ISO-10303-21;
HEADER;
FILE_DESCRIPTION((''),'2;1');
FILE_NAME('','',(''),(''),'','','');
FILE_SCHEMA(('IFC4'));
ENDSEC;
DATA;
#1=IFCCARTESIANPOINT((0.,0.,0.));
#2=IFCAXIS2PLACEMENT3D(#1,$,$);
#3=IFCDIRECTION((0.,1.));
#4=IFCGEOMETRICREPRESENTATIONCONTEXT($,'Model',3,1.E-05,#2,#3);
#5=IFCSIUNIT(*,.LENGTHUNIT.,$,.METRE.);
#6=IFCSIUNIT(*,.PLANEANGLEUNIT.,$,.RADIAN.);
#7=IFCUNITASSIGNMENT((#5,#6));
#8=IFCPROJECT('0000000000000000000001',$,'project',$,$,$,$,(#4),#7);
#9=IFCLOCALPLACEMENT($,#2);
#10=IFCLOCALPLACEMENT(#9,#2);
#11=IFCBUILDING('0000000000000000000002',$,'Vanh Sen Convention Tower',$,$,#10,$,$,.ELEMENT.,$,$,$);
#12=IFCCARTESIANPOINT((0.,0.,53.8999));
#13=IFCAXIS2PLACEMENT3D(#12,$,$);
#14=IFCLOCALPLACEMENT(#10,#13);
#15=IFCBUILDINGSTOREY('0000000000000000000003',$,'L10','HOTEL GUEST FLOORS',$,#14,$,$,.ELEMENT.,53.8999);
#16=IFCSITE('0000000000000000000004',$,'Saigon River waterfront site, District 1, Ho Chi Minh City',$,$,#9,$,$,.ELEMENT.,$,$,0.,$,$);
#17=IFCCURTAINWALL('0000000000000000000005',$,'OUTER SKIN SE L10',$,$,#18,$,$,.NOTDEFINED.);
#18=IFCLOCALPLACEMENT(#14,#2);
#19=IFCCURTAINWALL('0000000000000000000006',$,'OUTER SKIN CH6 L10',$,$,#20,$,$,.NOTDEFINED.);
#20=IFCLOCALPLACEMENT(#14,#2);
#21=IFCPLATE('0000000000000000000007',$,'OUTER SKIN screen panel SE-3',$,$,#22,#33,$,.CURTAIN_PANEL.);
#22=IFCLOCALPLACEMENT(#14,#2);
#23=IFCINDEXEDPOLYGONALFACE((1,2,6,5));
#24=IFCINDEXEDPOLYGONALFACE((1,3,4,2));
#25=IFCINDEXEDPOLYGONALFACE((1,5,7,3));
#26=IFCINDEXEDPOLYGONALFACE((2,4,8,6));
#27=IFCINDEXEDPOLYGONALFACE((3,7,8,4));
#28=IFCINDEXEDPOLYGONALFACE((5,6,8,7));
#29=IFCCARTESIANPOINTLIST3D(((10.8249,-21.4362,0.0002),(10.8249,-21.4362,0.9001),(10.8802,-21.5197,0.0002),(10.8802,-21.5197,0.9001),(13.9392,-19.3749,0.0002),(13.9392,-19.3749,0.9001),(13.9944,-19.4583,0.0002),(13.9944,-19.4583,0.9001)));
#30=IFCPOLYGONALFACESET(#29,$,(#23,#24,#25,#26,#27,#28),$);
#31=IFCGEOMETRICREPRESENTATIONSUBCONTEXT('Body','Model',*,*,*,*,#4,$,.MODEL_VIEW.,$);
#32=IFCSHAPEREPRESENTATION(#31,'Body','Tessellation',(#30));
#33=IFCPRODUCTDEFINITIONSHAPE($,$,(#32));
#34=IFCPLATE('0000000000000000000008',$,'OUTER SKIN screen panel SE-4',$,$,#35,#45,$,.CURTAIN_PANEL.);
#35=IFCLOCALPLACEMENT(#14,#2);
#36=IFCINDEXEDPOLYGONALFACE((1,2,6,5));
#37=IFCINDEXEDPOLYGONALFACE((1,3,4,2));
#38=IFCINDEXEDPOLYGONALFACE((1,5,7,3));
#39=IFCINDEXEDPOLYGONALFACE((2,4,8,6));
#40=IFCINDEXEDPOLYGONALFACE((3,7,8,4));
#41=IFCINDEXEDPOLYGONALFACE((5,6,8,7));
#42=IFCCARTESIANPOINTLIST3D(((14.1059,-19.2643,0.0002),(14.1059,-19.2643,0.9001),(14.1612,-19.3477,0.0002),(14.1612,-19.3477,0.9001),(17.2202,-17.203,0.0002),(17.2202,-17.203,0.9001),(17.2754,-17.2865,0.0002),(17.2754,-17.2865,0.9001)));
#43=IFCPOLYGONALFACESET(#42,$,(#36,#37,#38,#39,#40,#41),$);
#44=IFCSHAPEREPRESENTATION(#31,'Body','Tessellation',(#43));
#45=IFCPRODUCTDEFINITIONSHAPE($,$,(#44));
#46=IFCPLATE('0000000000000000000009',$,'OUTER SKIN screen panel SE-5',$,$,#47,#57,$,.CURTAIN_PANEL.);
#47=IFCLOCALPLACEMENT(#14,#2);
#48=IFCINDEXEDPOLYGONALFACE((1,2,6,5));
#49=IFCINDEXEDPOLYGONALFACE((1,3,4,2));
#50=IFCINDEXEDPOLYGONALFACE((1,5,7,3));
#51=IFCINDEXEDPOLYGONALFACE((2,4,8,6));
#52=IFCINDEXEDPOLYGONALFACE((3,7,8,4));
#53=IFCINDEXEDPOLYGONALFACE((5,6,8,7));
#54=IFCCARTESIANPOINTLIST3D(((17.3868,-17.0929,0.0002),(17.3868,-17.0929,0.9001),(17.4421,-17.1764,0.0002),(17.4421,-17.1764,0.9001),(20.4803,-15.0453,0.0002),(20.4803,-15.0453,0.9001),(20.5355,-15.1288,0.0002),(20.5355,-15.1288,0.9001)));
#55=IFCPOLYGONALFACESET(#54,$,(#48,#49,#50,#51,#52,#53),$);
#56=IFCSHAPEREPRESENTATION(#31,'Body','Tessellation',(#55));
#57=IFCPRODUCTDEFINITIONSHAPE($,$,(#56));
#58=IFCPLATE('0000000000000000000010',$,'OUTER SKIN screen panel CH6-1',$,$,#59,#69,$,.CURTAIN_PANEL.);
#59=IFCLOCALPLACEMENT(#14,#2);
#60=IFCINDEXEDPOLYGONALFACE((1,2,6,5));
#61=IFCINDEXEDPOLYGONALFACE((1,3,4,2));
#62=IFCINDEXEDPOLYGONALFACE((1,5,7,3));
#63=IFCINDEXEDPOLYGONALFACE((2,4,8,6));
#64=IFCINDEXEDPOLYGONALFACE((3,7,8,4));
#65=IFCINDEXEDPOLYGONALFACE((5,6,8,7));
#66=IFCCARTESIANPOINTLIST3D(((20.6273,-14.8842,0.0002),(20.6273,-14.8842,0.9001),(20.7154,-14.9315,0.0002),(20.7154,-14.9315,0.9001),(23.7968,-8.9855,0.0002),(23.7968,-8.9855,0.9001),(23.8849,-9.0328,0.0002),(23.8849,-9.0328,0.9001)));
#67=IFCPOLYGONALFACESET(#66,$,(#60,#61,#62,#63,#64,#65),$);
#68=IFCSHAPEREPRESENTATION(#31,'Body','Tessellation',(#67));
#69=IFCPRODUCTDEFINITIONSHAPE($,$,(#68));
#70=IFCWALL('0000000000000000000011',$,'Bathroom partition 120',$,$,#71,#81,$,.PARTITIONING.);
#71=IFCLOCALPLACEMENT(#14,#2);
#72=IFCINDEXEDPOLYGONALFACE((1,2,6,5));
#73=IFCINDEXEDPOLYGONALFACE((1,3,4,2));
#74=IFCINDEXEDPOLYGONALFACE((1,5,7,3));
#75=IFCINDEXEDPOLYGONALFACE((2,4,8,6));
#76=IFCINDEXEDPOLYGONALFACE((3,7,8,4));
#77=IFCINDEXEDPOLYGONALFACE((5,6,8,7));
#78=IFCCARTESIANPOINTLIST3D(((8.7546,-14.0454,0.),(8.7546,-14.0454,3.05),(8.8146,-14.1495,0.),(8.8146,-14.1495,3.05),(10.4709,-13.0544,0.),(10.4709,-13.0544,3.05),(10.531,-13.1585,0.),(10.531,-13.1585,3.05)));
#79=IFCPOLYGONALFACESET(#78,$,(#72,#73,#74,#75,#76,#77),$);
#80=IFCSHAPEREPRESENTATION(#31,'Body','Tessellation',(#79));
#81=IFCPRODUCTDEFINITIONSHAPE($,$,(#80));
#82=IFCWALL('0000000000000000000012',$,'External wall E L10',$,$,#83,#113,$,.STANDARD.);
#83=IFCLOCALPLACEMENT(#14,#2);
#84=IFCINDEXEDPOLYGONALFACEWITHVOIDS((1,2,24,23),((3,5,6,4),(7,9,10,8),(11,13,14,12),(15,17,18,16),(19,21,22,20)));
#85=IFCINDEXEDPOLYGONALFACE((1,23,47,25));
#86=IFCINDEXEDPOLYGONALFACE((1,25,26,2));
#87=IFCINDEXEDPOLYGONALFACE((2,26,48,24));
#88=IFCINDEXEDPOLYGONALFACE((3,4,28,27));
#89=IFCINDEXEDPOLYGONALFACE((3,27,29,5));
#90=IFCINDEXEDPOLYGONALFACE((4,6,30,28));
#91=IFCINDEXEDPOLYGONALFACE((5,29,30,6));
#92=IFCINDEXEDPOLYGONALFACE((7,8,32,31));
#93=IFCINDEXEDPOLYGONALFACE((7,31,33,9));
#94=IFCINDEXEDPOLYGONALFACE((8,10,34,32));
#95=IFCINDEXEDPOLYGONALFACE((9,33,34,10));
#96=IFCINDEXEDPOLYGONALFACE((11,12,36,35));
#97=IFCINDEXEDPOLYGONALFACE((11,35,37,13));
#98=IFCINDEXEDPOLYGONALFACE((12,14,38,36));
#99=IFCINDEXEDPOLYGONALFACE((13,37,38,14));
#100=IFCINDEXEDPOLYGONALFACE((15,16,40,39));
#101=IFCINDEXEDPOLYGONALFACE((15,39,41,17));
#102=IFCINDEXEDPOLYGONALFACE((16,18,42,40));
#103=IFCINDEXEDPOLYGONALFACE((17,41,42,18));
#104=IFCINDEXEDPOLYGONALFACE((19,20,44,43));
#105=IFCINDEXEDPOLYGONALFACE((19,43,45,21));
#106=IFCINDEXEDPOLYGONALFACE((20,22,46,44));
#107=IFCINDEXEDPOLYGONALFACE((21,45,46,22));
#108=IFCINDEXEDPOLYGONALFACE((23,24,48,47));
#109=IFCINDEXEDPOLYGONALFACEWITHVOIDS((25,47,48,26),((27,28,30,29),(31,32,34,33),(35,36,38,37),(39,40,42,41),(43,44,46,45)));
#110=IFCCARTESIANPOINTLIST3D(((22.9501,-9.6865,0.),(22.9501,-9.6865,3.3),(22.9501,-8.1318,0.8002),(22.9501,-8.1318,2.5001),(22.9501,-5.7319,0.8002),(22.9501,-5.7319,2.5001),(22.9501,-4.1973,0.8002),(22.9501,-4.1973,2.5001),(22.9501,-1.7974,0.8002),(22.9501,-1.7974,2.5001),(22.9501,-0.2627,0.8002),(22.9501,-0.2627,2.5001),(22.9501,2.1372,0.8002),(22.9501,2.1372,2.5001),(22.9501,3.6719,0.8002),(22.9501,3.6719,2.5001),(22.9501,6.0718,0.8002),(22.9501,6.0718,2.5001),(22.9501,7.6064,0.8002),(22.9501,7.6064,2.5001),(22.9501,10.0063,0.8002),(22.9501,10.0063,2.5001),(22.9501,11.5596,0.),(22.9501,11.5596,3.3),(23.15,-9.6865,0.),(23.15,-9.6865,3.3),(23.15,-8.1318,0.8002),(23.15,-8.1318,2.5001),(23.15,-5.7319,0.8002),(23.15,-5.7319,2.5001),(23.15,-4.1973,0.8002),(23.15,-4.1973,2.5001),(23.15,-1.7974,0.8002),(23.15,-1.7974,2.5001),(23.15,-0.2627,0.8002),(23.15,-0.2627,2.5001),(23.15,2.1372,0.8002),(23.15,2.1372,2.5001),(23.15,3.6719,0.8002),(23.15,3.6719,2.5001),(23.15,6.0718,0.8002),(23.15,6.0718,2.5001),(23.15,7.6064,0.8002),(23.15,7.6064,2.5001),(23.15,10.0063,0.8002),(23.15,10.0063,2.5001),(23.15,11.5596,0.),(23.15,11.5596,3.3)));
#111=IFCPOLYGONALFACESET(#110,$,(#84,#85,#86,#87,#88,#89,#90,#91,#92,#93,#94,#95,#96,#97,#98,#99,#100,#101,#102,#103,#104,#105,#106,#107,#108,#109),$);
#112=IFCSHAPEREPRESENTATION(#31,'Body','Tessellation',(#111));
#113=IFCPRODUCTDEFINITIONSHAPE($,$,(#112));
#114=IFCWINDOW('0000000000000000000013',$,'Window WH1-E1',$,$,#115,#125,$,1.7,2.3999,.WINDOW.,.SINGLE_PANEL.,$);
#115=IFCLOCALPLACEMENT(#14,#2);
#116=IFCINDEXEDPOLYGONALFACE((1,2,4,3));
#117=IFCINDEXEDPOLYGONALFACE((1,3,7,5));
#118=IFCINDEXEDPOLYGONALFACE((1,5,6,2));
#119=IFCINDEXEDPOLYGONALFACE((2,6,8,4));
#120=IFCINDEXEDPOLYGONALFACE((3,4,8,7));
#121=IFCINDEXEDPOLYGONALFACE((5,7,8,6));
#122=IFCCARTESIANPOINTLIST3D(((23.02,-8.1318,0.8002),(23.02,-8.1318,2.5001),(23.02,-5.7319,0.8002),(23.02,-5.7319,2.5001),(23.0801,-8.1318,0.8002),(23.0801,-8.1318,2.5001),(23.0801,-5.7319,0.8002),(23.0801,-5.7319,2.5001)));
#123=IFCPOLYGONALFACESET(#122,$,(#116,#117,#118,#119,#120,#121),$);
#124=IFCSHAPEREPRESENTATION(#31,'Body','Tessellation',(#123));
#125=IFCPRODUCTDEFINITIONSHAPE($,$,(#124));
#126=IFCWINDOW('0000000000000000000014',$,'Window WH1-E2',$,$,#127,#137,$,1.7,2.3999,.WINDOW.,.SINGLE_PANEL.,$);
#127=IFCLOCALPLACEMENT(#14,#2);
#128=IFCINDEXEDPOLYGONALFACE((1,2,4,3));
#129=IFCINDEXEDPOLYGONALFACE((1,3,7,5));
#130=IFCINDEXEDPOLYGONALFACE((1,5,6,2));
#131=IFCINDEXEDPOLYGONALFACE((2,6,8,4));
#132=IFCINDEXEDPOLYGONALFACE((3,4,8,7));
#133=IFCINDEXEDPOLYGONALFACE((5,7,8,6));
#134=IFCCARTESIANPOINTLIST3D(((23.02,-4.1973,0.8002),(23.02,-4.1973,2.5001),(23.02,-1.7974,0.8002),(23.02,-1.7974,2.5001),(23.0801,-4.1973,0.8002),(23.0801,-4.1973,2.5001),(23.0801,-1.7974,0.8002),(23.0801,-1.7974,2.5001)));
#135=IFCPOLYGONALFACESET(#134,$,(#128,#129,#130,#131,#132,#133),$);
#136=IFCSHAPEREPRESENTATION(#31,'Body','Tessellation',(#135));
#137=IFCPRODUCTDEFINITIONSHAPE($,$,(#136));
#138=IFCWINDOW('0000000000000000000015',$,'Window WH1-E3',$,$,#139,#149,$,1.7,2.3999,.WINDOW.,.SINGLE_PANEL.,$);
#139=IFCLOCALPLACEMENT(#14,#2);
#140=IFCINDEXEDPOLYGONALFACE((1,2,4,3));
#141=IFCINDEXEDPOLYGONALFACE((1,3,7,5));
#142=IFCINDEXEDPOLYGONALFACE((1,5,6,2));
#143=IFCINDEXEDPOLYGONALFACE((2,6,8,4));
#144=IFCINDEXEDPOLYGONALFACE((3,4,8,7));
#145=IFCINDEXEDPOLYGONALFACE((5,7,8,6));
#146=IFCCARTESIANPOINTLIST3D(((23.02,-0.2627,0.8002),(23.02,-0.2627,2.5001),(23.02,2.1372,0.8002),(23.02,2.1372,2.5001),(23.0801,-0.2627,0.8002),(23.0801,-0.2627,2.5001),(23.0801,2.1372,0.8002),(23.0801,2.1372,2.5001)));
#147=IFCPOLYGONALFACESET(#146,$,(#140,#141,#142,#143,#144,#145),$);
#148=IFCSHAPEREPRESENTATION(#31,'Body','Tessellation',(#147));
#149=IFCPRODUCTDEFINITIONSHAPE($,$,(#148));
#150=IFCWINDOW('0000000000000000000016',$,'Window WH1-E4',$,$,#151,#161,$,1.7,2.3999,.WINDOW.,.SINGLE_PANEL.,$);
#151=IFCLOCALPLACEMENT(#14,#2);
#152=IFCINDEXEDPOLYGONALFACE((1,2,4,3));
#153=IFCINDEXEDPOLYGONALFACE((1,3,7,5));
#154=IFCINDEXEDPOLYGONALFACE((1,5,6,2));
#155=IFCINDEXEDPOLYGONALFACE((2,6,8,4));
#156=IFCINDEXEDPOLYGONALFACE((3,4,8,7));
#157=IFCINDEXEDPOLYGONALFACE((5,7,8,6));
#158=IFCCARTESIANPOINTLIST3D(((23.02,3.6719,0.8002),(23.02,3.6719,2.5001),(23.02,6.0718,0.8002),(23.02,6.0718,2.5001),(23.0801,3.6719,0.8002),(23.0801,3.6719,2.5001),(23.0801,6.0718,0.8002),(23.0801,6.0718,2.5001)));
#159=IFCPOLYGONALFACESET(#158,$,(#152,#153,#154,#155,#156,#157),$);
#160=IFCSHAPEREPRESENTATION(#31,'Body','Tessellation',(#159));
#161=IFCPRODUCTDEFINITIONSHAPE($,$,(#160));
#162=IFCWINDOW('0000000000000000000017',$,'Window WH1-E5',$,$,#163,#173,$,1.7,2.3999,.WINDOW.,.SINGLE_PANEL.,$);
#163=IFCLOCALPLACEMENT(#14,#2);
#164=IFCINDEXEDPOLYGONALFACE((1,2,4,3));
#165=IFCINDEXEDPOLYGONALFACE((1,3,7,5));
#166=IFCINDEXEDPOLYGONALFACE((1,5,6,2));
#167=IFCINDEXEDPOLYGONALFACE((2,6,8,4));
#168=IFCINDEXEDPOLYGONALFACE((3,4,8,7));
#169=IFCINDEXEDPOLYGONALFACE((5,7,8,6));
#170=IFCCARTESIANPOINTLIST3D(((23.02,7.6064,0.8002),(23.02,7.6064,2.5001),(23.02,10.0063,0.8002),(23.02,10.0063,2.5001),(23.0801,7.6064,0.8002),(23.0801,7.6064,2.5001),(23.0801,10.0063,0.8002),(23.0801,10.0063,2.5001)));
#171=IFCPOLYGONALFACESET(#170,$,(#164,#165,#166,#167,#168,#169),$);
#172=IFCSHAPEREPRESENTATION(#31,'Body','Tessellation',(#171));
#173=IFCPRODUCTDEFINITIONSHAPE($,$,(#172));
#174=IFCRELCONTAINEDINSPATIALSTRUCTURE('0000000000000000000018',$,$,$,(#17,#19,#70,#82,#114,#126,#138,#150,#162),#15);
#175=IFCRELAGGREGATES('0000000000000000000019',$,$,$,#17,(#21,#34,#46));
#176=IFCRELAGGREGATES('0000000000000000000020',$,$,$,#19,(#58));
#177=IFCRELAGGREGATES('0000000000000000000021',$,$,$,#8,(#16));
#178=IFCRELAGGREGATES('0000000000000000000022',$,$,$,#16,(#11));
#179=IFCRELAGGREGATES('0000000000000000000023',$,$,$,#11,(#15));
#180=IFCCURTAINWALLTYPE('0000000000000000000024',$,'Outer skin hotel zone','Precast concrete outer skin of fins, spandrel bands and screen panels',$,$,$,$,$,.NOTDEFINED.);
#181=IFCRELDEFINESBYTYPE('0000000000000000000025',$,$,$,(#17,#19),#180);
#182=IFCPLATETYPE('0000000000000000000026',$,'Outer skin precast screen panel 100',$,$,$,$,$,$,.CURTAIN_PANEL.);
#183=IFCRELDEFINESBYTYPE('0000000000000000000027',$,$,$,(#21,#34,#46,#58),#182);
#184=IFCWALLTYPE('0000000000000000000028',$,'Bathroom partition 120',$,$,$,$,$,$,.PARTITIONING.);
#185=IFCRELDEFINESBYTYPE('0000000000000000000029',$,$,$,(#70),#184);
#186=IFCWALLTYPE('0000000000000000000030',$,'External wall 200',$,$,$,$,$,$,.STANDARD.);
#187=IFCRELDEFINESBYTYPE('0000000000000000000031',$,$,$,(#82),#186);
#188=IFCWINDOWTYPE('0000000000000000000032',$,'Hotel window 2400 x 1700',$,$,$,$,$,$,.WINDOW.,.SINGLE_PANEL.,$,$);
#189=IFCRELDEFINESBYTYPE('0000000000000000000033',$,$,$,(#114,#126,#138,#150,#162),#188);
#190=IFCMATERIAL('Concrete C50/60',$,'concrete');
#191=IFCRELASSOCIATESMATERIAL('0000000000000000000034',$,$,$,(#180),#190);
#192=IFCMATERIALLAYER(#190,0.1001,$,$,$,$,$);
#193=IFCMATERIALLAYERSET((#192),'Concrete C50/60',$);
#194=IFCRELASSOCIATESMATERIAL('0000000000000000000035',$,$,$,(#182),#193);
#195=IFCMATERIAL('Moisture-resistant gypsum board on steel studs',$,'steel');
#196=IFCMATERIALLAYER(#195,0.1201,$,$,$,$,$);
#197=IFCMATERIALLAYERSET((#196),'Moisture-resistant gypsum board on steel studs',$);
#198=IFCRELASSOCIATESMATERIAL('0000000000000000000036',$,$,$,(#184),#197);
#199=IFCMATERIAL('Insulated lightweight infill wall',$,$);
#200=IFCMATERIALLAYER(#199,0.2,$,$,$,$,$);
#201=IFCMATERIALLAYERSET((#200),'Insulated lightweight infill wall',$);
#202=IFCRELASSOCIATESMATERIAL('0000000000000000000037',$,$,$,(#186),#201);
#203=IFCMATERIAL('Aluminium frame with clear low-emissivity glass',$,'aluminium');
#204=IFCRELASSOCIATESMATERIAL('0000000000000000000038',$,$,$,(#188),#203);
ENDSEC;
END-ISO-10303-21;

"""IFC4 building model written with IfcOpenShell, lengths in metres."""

from ifc_helpers import new_model, si_unit, direction, frame, frame_2d, origin, origin_2d, place, context, subcontext, project, spatial, rectangle, extrude, material, layer, layer_set, type_object, element, fill, aggregate, save


model = new_model("IFC4")

# Units and contexts
model_context = context("Model", 3, precision=1e-05, world=origin(), true_north=direction((0.0, 1.0)))
body_context = subcontext(model_context, "Body", "Model", "MODEL_VIEW")
ifc_project = project(units=[si_unit("LENGTHUNIT", "METRE"), si_unit("PLANEANGLEUNIT", "RADIAN")], contexts=[model_context])

# Site, building, storey
site_placement = place(None, origin())
site = spatial("IfcSite", under=ifc_project, at=site_placement, Name="Saigon River waterfront site, District 1, Ho Chi Minh City", CompositionType="ELEMENT", RefElevation=0.0)
building_placement = place(site_placement, origin())
building = spatial("IfcBuilding", under=site, at=building_placement, Name="Vanh Sen Convention Tower", CompositionType="ELEMENT")
storey_placement = place(building_placement, frame((0.0, 0.0, 53.8999)))
storey = spatial("IfcBuildingStorey", under=building, at=storey_placement, Name="L10", Description="HOTEL GUEST FLOORS", CompositionType="ELEMENT", Elevation=53.8999)

# Curtain wall
ifc_material_1 = material(Name="Concrete C50/60", Category="concrete")
curtain_wall_type = type_object("IfcCurtainWallType", Name="Outer skin hotel zone", Description="Precast concrete outer skin of fins, spandrel bands and screen panels", PredefinedType="NOTDEFINED", material=ifc_material_1)
curtain_wall_1_placement = place(storey_placement, origin())
curtain_wall_1 = element("IfcCurtainWall", 1, at=curtain_wall_1_placement, inside=storey, type_object=curtain_wall_type, Name="OUTER SKIN SE L10", PredefinedType="NOTDEFINED")

# Curtain wall
curtain_wall_2_placement = place(storey_placement, origin())
curtain_wall_2 = element("IfcCurtainWall", 2, at=curtain_wall_2_placement, inside=storey, type_object=curtain_wall_type, Name="OUTER SKIN CH6 L10", PredefinedType="NOTDEFINED")

# Plates
ifc_layer_1 = layer(ifc_material_1, 0.1001)
ifc_layer_set_1 = layer_set([ifc_layer_1], Name="Concrete C50/60")
plate_type = type_object("IfcPlateType", Name="Outer skin precast screen panel 100", PredefinedType="CURTAIN_PANEL", material=ifc_layer_set_1)
plate_1_placement = place(storey_placement, frame((12.4097, -20.4473, 0.0002), z_axis=(0.0, 0.0, 1.0), x_axis=(0.83388, 0.551946, 0.0)))
plate_1 = element("IfcPlate", 3, at=plate_1_placement, type_object=plate_type, Name="OUTER SKIN screen panel SE-3", PredefinedType="CURTAIN_PANEL", context=body_context, shape_type="SweptSolid", body=[
    extrude(rectangle(XDim=3.7346, YDim=0.1001, at=origin_2d()), origin(), (0.0, 0.0, 1.0), 0.8999),
])
plate_2_placement = place(storey_placement, frame((15.6907, -18.2754, 0.0002), z_axis=(0.0, 0.0, 1.0), x_axis=(0.833892, 0.551928, 0.0)))
plate_2 = element("IfcPlate", 4, at=plate_2_placement, type_object=plate_type, Name="OUTER SKIN screen panel SE-4", PredefinedType="CURTAIN_PANEL", context=body_context, shape_type="SweptSolid", body=[
    extrude(rectangle(XDim=3.7346, YDim=0.1001, at=origin_2d()), origin(), (0.0, 0.0, 1.0), 0.8999),
])
plate_3_placement = place(storey_placement, frame((18.9612, -16.1108, 0.0002), z_axis=(0.0, 0.0, 1.0), x_axis=(0.83388, 0.551946, 0.0)))
plate_3 = element("IfcPlate", 5, at=plate_3_placement, type_object=plate_type, Name="OUTER SKIN screen panel SE-5", PredefinedType="CURTAIN_PANEL", context=body_context, shape_type="SweptSolid", body=[
    extrude(rectangle(XDim=3.7097, YDim=0.1001, at=origin_2d()), origin(), (0.0, 0.0, 1.0), 0.8999),
])
aggregate(curtain_wall_1, [plate_1, plate_2, plate_3])
plate_4_placement = place(storey_placement, frame((22.2561, -11.9585, 0.0002), z_axis=(0.0, 0.0, 1.0), x_axis=(0.473323, 0.880889, 0.0)))
plate_4 = element("IfcPlate", 6, at=plate_4_placement, type_object=plate_type, Name="OUTER SKIN screen panel CH6-1", PredefinedType="CURTAIN_PANEL", context=body_context, shape_type="SweptSolid", body=[
    extrude(rectangle(XDim=6.6963, YDim=0.1001, at=origin_2d()), origin(), (0.0, 0.0, 1.0), 0.8999),
])
aggregate(curtain_wall_2, [plate_4])

# Wall
ifc_material_2 = material(Name="Moisture-resistant gypsum board on steel studs", Category="steel")
ifc_layer_2 = layer(ifc_material_2, 0.1201)
ifc_layer_set_2 = layer_set([ifc_layer_2], Name="Moisture-resistant gypsum board on steel studs")
wall_type_1 = type_object("IfcWallType", Name="Bathroom partition 120", PredefinedType="PARTITIONING", material=ifc_layer_set_2)
wall_1_placement = place(storey_placement, frame((10.501, -13.1064, 0.0), z_axis=(0.0, 0.0, 1.0), x_axis=(-0.866013, -0.500021, 0.0)))
element("IfcWall", 7, at=wall_1_placement, inside=storey, type_object=wall_type_1, Name="Bathroom partition 120", PredefinedType="PARTITIONING", context=body_context, shape_type="SweptSolid", body=[
    extrude(rectangle(XDim=1.9819, YDim=0.1201, at=frame_2d((0.991, 0.0))), origin(), (0.0, 0.0, 1.0), 3.05),
])

# Wall, openings, windows
ifc_material_3 = material(Name="Insulated lightweight infill wall")
ifc_layer_3 = layer(ifc_material_3, 0.2)
ifc_layer_set_3 = layer_set([ifc_layer_3], Name="Insulated lightweight infill wall")
wall_type_2 = type_object("IfcWallType", Name="External wall 200", PredefinedType="STANDARD", material=ifc_layer_set_3)
wall_2_placement = place(storey_placement, frame((23.05, -9.6865, 0.0), z_axis=(0.0, 0.0, 1.0), x_axis=(0.0, 1.0, 0.0)))
wall_2 = element("IfcWall", 8, at=wall_2_placement, inside=storey, type_object=wall_type_2, Name="External wall E L10", PredefinedType="STANDARD", context=body_context, shape_type="SweptSolid", body=[
    extrude(rectangle(XDim=21.2461, YDim=0.2, at=frame_2d((10.623, 0.0))), origin(), (0.0, 0.0, 1.0), 3.3),
])
opening_1_placement = place(wall_2_placement, frame((1.5547, 0.0, 0.8)))
opening_1 = element("IfcOpeningElement", 9, at=opening_1_placement, cuts=wall_2, PredefinedType="OPENING", context=body_context, shape_type="SweptSolid", body=[
    extrude(rectangle(XDim=2.3999, YDim=1.7, at=frame_2d((1.2, 0.8501))), frame((0.0, 0.1099, 0.0), z_axis=(0.0, -1.0, 0.0), x_axis=(1.0, 0.0, 0.0)), (0.0, 0.0, 1.0), 0.22),
])
opening_2_placement = place(wall_2_placement, frame((5.4893, 0.0, 0.8)))
opening_2 = element("IfcOpeningElement", 10, at=opening_2_placement, cuts=wall_2, PredefinedType="OPENING", context=body_context, shape_type="SweptSolid", body=[
    extrude(rectangle(XDim=2.3999, YDim=1.7, at=frame_2d((1.2, 0.8501))), frame((0.0, 0.1099, 0.0), z_axis=(0.0, -1.0, 0.0), x_axis=(1.0, 0.0, 0.0)), (0.0, 0.0, 1.0), 0.22),
])
opening_3_placement = place(wall_2_placement, frame((9.4238, 0.0, 0.8)))
opening_3 = element("IfcOpeningElement", 11, at=opening_3_placement, cuts=wall_2, PredefinedType="OPENING", context=body_context, shape_type="SweptSolid", body=[
    extrude(rectangle(XDim=2.3999, YDim=1.7, at=frame_2d((1.2, 0.8501))), frame((0.0, 0.1099, 0.0), z_axis=(0.0, -1.0, 0.0), x_axis=(1.0, 0.0, 0.0)), (0.0, 0.0, 1.0), 0.22),
])
opening_4_placement = place(wall_2_placement, frame((13.3584, 0.0, 0.8)))
opening_4 = element("IfcOpeningElement", 12, at=opening_4_placement, cuts=wall_2, PredefinedType="OPENING", context=body_context, shape_type="SweptSolid", body=[
    extrude(rectangle(XDim=2.3999, YDim=1.7, at=frame_2d((1.2, 0.8501))), frame((0.0, 0.1099, 0.0), z_axis=(0.0, -1.0, 0.0), x_axis=(1.0, 0.0, 0.0)), (0.0, 0.0, 1.0), 0.22),
])
opening_5_placement = place(wall_2_placement, frame((17.293, 0.0, 0.8)))
opening_5 = element("IfcOpeningElement", 13, at=opening_5_placement, cuts=wall_2, PredefinedType="OPENING", context=body_context, shape_type="SweptSolid", body=[
    extrude(rectangle(XDim=2.3999, YDim=1.7, at=frame_2d((1.2, 0.8501))), frame((0.0, 0.1099, 0.0), z_axis=(0.0, -1.0, 0.0), x_axis=(1.0, 0.0, 0.0)), (0.0, 0.0, 1.0), 0.22),
])
ifc_material_4 = material(Name="Aluminium frame with clear low-emissivity glass", Category="aluminium")
window_type_1 = type_object("IfcWindowType", Name="Hotel window 2400 x 1700", PartitioningType="SINGLE_PANEL", PredefinedType="WINDOW", material=ifc_material_4)
window_1_placement = place(opening_1_placement, origin())
window_1 = element("IfcWindow", 14, at=window_1_placement, inside=storey, type_object=window_type_1, Name="Window WH1-E1", OverallHeight=1.7, OverallWidth=2.3999, PartitioningType="SINGLE_PANEL", PredefinedType="WINDOW", context=body_context, shape_type="SweptSolid", body=[
    extrude(rectangle(XDim=2.3999, YDim=1.7, at=frame_2d((1.2, 0.8501))), frame((0.0, 0.03, 0.0), z_axis=(0.0, -1.0, 0.0), x_axis=(1.0, 0.0, 0.0)), (0.0, 0.0, 1.0), 0.0601),
])
fill(opening_1, window_1)
window_2_placement = place(opening_2_placement, origin())
window_2 = element("IfcWindow", 15, at=window_2_placement, inside=storey, type_object=window_type_1, Name="Window WH1-E2", OverallHeight=1.7, OverallWidth=2.3999, PartitioningType="SINGLE_PANEL", PredefinedType="WINDOW", context=body_context, shape_type="SweptSolid", body=[
    extrude(rectangle(XDim=2.3999, YDim=1.7, at=frame_2d((1.2, 0.8501))), frame((0.0, 0.03, 0.0), z_axis=(0.0, -1.0, 0.0), x_axis=(1.0, 0.0, 0.0)), (0.0, 0.0, 1.0), 0.0601),
])
fill(opening_2, window_2)
window_3_placement = place(opening_3_placement, origin())
window_3 = element("IfcWindow", 16, at=window_3_placement, inside=storey, type_object=window_type_1, Name="Window WH1-E3", OverallHeight=1.7, OverallWidth=2.3999, PartitioningType="SINGLE_PANEL", PredefinedType="WINDOW", context=body_context, shape_type="SweptSolid", body=[
    extrude(rectangle(XDim=2.3999, YDim=1.7, at=frame_2d((1.2, 0.8501))), frame((0.0, 0.03, 0.0), z_axis=(0.0, -1.0, 0.0), x_axis=(1.0, 0.0, 0.0)), (0.0, 0.0, 1.0), 0.0601),
])
fill(opening_3, window_3)
window_4_placement = place(opening_4_placement, origin())
window_4 = element("IfcWindow", 17, at=window_4_placement, inside=storey, type_object=window_type_1, Name="Window WH1-E4", OverallHeight=1.7, OverallWidth=2.3999, PartitioningType="SINGLE_PANEL", PredefinedType="WINDOW", context=body_context, shape_type="SweptSolid", body=[
    extrude(rectangle(XDim=2.3999, YDim=1.7, at=frame_2d((1.2, 0.8501))), frame((0.0, 0.03, 0.0), z_axis=(0.0, -1.0, 0.0), x_axis=(1.0, 0.0, 0.0)), (0.0, 0.0, 1.0), 0.0601),
])
fill(opening_4, window_4)
window_5_placement = place(opening_5_placement, origin())
window_5 = element("IfcWindow", 18, at=window_5_placement, inside=storey, type_object=window_type_1, Name="Window WH1-E5", OverallHeight=1.7, OverallWidth=2.3999, PartitioningType="SINGLE_PANEL", PredefinedType="WINDOW", context=body_context, shape_type="SweptSolid", body=[
    extrude(rectangle(XDim=2.3999, YDim=1.7, at=frame_2d((1.2, 0.8501))), frame((0.0, 0.03, 0.0), z_axis=(0.0, -1.0, 0.0), x_axis=(1.0, 0.0, 0.0)), (0.0, 0.0, 1.0), 0.0601),
])
fill(opening_5, window_5)

save(model, "model.ifc")
